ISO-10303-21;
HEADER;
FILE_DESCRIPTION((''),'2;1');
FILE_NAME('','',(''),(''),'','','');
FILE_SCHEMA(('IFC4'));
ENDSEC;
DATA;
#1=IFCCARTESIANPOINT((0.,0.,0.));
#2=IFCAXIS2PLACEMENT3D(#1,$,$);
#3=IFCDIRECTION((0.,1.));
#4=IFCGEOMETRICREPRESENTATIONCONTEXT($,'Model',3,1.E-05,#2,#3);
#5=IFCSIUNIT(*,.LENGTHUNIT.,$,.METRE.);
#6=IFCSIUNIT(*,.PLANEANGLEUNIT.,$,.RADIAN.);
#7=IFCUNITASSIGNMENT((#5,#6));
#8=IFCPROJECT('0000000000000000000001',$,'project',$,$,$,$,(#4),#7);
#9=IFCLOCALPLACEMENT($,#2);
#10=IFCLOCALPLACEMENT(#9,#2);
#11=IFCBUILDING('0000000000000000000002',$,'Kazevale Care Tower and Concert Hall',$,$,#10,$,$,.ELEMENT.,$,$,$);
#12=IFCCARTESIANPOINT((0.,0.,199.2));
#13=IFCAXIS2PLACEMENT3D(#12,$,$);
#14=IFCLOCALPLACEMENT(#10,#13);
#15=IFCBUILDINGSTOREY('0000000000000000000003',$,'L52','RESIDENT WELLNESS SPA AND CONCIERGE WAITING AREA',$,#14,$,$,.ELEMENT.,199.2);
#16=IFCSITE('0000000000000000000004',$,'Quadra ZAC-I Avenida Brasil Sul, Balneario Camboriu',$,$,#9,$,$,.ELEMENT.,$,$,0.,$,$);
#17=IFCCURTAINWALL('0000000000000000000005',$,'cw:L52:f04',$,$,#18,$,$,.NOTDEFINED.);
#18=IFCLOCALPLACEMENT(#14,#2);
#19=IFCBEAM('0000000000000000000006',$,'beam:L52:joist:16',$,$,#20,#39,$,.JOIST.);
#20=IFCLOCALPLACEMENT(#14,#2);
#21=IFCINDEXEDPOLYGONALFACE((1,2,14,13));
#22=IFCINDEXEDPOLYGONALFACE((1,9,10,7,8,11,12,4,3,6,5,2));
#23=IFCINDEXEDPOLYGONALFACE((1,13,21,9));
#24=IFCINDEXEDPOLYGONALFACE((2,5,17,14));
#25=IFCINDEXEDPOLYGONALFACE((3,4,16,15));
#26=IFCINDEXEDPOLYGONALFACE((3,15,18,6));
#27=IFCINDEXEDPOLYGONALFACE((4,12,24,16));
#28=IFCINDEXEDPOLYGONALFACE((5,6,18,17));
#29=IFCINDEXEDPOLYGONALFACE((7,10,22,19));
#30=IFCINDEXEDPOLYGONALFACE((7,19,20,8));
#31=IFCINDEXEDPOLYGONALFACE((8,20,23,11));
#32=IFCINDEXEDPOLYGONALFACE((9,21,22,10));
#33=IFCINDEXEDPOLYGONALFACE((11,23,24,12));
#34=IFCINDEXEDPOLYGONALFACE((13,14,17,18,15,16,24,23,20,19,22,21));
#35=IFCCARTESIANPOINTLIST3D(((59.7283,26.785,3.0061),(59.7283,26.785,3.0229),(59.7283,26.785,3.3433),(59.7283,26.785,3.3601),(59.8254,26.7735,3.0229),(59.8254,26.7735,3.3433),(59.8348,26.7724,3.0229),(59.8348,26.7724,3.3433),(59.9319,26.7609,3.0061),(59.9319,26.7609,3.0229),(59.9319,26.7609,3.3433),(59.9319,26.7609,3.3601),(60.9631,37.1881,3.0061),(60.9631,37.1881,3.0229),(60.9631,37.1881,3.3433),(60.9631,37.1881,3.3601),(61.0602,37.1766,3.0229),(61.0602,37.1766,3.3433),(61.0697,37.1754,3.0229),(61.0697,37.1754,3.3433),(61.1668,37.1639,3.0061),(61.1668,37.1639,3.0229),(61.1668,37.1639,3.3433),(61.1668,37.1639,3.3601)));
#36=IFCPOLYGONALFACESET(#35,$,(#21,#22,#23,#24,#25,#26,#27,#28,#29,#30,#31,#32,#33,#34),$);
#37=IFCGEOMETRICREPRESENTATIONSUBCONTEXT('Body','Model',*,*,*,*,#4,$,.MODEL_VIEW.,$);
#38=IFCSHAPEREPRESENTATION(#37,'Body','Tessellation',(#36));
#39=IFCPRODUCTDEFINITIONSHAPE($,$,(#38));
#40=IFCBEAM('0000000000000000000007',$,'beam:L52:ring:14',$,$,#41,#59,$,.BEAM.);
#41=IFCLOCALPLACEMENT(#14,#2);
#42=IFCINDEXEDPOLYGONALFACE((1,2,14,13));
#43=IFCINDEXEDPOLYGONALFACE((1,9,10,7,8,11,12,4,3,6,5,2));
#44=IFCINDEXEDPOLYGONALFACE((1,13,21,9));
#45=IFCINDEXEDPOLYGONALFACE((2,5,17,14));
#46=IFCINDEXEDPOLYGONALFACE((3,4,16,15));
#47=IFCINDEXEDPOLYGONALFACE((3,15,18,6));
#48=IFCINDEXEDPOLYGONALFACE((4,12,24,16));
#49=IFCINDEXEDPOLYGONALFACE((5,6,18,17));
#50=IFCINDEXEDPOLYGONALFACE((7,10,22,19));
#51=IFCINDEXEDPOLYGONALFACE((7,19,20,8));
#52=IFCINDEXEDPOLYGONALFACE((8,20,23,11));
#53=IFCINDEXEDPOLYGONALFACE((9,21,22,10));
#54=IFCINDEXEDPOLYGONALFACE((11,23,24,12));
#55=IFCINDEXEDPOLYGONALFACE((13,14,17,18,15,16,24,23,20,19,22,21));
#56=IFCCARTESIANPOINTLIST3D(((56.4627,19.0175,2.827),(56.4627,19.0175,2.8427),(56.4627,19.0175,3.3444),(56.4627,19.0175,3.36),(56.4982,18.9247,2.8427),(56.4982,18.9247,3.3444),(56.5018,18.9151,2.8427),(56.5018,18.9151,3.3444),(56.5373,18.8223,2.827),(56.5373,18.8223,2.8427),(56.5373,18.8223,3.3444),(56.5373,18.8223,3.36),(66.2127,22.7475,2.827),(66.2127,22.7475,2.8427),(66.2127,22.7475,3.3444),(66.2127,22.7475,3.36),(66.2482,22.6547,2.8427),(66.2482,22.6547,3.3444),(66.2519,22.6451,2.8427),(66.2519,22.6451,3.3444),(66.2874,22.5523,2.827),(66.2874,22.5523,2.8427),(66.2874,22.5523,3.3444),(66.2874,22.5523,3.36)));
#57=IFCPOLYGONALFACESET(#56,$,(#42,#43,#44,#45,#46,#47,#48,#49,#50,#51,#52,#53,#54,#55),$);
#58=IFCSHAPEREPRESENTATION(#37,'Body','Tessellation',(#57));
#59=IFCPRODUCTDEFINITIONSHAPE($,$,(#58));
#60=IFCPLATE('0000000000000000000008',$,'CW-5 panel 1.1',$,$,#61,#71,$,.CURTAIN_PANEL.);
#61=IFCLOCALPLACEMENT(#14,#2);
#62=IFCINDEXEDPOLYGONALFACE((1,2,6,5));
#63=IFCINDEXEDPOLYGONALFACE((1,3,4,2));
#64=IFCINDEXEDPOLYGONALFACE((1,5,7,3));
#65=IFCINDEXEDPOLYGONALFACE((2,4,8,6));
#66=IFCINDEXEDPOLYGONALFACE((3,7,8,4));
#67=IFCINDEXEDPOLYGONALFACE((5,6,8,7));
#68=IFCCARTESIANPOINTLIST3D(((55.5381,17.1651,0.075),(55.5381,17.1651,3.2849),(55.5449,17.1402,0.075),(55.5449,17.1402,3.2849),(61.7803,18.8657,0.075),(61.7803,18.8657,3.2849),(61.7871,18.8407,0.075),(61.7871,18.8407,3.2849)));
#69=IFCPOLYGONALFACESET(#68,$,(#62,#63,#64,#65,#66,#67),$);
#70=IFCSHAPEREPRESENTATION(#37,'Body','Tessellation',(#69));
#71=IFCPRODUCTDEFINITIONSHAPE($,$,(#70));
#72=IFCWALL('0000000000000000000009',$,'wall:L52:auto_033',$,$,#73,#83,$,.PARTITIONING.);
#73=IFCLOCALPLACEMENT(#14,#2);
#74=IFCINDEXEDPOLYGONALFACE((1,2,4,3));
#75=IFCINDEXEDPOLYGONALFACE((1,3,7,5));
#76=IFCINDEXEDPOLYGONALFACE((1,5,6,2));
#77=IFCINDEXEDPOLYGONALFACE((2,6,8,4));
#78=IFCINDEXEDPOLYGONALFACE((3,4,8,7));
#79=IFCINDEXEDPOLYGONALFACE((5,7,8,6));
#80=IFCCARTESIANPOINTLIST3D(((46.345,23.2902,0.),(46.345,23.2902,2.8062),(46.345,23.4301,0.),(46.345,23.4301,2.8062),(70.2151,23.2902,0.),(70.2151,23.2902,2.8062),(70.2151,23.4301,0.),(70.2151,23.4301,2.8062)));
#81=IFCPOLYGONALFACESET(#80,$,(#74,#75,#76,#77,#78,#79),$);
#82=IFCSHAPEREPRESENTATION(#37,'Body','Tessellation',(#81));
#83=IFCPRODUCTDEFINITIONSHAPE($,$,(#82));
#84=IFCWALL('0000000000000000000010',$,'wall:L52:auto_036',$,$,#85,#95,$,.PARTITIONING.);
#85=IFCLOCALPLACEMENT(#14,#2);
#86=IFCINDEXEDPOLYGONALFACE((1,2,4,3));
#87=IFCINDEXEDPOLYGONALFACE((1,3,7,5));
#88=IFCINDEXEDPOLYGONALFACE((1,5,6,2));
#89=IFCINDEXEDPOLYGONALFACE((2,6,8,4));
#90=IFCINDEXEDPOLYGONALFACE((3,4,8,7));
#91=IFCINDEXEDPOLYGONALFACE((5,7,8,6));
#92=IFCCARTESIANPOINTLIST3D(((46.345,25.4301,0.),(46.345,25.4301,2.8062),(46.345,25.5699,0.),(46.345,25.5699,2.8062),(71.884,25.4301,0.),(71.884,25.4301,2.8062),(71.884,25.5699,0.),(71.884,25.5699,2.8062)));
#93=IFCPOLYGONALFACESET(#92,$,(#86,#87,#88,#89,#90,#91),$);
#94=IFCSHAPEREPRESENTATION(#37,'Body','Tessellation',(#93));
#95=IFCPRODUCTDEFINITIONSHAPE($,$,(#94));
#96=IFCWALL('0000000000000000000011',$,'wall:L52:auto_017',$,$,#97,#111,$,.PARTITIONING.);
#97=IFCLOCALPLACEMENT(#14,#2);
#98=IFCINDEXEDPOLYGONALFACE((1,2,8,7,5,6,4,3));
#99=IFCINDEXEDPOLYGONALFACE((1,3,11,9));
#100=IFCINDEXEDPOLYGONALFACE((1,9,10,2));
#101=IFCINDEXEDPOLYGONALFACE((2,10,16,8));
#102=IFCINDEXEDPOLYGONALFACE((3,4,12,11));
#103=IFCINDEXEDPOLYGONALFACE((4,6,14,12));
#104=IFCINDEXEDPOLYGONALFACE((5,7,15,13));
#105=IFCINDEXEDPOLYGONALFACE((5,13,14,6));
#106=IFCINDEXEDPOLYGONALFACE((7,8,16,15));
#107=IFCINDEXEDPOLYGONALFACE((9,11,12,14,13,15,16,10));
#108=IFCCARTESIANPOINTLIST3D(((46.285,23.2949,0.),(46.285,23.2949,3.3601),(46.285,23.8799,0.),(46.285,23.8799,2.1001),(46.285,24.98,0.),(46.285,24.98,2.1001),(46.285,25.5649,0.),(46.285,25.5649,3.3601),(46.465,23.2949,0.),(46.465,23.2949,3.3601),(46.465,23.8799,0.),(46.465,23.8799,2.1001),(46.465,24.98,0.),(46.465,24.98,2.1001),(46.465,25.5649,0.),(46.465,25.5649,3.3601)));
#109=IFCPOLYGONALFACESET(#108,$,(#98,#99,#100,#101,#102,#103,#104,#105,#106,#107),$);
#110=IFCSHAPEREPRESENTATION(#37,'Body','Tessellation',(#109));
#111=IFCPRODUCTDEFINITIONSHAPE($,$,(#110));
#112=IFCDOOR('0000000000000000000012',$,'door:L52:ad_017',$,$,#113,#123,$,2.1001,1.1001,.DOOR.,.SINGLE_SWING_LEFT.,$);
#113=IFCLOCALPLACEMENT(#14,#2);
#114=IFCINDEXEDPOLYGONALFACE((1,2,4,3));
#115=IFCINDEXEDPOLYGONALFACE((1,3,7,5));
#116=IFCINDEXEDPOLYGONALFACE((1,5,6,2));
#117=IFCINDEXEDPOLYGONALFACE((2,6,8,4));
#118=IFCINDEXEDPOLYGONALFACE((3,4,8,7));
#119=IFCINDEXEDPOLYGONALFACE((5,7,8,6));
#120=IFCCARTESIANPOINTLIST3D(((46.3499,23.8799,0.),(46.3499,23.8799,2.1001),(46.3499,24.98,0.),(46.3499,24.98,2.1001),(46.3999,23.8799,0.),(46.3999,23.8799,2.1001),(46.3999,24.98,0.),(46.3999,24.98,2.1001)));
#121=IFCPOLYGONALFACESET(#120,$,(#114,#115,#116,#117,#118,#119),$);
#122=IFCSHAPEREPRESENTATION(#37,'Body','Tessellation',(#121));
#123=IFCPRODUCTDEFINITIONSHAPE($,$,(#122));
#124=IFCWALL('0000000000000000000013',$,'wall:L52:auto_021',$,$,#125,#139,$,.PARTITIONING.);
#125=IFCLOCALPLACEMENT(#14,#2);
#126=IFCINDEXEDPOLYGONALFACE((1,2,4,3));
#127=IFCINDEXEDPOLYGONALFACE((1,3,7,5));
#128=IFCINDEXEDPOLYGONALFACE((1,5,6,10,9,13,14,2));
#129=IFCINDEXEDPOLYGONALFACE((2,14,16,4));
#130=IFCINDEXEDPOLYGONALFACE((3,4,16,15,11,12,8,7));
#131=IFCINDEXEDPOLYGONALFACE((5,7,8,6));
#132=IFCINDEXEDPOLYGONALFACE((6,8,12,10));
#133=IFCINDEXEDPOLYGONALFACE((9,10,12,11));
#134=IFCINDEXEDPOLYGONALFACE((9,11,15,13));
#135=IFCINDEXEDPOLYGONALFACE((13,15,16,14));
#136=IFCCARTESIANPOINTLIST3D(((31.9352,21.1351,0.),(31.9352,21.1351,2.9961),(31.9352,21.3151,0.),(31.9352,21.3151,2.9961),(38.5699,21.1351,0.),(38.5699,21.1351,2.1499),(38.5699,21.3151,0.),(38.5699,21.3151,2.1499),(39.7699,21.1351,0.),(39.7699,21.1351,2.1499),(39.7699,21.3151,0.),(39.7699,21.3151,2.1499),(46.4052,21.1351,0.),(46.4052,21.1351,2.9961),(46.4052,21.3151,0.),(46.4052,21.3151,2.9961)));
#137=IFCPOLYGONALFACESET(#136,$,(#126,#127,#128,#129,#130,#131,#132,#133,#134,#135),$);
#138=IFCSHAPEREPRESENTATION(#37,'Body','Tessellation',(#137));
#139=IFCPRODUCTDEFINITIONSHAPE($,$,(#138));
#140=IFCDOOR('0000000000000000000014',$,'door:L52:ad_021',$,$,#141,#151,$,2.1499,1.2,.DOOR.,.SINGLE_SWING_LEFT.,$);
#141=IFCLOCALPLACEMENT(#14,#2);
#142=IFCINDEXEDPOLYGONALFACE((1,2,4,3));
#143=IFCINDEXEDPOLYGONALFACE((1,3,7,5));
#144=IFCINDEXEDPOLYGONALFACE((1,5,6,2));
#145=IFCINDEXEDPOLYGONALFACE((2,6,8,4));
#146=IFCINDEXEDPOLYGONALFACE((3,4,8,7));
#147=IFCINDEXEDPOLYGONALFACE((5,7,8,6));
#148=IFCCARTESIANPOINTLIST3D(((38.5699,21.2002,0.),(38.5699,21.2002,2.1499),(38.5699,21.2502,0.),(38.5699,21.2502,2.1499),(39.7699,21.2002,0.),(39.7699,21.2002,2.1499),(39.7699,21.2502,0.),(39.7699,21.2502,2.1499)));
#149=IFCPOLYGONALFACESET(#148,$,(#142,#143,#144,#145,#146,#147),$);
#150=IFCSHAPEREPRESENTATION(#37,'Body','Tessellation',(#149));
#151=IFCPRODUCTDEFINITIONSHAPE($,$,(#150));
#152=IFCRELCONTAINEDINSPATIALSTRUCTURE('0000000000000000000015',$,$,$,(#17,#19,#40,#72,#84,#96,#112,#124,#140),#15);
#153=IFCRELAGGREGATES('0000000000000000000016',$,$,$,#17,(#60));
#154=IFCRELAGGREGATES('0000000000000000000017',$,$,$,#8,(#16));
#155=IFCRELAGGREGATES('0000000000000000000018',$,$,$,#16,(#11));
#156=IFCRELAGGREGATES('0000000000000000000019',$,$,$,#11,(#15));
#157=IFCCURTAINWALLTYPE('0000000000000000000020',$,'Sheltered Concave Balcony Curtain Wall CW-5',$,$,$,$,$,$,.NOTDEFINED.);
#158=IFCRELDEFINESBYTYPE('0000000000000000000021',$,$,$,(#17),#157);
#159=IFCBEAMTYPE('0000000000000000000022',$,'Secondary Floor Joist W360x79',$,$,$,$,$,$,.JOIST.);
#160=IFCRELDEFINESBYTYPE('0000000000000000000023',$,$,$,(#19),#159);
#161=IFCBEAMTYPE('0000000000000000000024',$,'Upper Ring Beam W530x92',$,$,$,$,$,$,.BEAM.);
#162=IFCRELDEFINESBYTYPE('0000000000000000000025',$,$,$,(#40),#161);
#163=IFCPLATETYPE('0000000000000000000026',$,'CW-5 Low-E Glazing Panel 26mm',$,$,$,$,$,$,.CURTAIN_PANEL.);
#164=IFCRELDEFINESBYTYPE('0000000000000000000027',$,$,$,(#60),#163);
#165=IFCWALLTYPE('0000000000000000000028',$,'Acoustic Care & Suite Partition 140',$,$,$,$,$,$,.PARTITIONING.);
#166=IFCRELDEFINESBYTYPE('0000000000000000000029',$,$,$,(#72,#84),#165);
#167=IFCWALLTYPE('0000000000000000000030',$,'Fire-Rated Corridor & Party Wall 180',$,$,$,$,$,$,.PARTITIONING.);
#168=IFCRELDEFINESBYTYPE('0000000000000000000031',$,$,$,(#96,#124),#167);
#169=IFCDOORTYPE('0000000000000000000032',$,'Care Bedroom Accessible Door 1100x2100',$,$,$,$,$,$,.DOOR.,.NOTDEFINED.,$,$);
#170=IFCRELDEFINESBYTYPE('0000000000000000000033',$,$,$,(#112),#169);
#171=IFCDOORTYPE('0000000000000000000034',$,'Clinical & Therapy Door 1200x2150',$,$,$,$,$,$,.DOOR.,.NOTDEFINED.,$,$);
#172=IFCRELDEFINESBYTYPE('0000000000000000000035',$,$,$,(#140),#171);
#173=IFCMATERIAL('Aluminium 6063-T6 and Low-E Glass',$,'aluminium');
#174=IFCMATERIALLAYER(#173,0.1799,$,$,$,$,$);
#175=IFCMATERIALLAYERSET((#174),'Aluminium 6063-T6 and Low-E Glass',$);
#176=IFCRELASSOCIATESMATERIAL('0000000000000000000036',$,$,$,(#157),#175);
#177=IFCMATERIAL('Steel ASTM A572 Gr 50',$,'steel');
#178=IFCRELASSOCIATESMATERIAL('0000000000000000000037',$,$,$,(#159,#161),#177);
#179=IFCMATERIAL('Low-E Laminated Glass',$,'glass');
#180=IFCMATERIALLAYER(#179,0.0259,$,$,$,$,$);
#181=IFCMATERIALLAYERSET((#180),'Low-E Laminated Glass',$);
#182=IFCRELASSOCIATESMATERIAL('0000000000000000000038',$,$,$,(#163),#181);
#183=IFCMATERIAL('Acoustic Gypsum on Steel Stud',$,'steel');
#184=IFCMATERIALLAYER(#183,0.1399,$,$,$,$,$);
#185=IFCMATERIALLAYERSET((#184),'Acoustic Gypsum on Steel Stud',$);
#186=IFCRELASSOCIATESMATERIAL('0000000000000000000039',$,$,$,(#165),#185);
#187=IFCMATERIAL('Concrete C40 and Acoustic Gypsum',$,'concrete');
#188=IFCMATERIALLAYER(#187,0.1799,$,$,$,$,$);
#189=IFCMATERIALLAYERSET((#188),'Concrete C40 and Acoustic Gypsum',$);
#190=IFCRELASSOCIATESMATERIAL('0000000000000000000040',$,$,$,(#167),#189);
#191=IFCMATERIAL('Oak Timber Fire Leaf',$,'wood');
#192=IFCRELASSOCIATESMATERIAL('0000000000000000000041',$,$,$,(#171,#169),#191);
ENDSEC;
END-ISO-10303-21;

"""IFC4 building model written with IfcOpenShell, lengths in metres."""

from ifc_helpers import new_model, si_unit, direction, frame, frame_2d, origin, origin_2d, place, context, subcontext, project, spatial, rectangle, i_section, extrude, material, layer, layer_set, material_profile, profile_set, type_object, element, fill, aggregate, save


model = new_model("IFC4")

# Units and contexts
model_context = context("Model", 3, precision=1e-05, world=origin(), true_north=direction((0.0, 1.0)))
body_context = subcontext(model_context, "Body", "Model", "MODEL_VIEW")
ifc_project = project(units=[si_unit("LENGTHUNIT", "METRE"), si_unit("PLANEANGLEUNIT", "RADIAN")], contexts=[model_context])

# Site, building, storey
site_placement = place(None, origin())
site = spatial("IfcSite", under=ifc_project, at=site_placement, Name="Quadra ZAC-I Avenida Brasil Sul, Balneario Camboriu", CompositionType="ELEMENT", RefElevation=0.0)
building_placement = place(site_placement, origin())
building = spatial("IfcBuilding", under=site, at=building_placement, Name="Kazevale Care Tower and Concert Hall", CompositionType="ELEMENT")
storey_placement = place(building_placement, frame((0.0, 0.0, 199.2)))
storey = spatial("IfcBuildingStorey", under=building, at=storey_placement, Name="L52", Description="RESIDENT WELLNESS SPA AND CONCIERGE WAITING AREA", CompositionType="ELEMENT", Elevation=199.2)

# Curtain wall
ifc_material_1 = material(Name="Aluminium 6063-T6 and Low-E Glass", Category="aluminium")
ifc_layer_1 = layer(ifc_material_1, 0.1799)
ifc_layer_set_1 = layer_set([ifc_layer_1], Name="Aluminium 6063-T6 and Low-E Glass")
curtain_wall_type = type_object("IfcCurtainWallType", Name="Sheltered Concave Balcony Curtain Wall CW-5", PredefinedType="NOTDEFINED", material=ifc_layer_set_1)
curtain_wall_1_placement = place(storey_placement, origin())
curtain_wall_1 = element("IfcCurtainWall", 1, at=curtain_wall_1_placement, inside=storey, type_object=curtain_wall_type, Name="cw:L52:f04", PredefinedType="NOTDEFINED")

# Beams
ifc_material_2 = material(Name="Steel ASTM A572 Gr 50", Category="steel")
ifc_material_profile_1 = material_profile(ifc_material_2, i_section(OverallWidth=0.2051, OverallDepth=0.354, WebThickness=0.0095, FlangeThickness=0.0168, at=origin_2d()), Name="W360x79")
ifc_profile_set_1 = profile_set([ifc_material_profile_1], Name="Steel ASTM A572 Gr 50")
beam_type_1 = type_object("IfcBeamType", Name="Secondary Floor Joist W360x79", PredefinedType="JOIST", material=ifc_profile_set_1)
beam_1_placement = place(storey_placement, frame((59.8301, 26.7729, 3.1831), z_axis=(0.117874, 0.993029, 0.0), x_axis=(-0.993029, 0.117874, 0.0)))
element("IfcBeam", 2, at=beam_1_placement, inside=storey, type_object=beam_type_1, Name="beam:L52:joist:16", PredefinedType="JOIST", context=body_context, shape_type="SweptSolid", body=[
    extrude(i_section(OverallWidth=0.2051, OverallDepth=0.354, WebThickness=0.0095, FlangeThickness=0.0168, at=origin_2d()), origin(), (0.0, 0.0, 1.0), 10.4761),
])
ifc_material_profile_2 = material_profile(ifc_material_2, i_section(OverallWidth=0.209, OverallDepth=0.533, WebThickness=0.0103, FlangeThickness=0.0156, at=origin_2d()), Name="W530x92")
ifc_profile_set_2 = profile_set([ifc_material_profile_2], Name="Steel ASTM A572 Gr 50")
beam_type_2 = type_object("IfcBeamType", Name="Upper Ring Beam W530x92", PredefinedType="BEAM", material=ifc_profile_set_2)
beam_2_placement = place(storey_placement, frame((56.5, 18.9199, 3.0935), z_axis=(0.933987, 0.357308, 0.0), x_axis=(-0.357308, 0.933987, 0.0)))
element("IfcBeam", 3, at=beam_2_placement, inside=storey, type_object=beam_type_2, Name="beam:L52:ring:14", PredefinedType="BEAM", context=body_context, shape_type="SweptSolid", body=[
    extrude(i_section(OverallWidth=0.209, OverallDepth=0.533, WebThickness=0.0103, FlangeThickness=0.0156, at=origin_2d()), origin(), (0.0, 0.0, 1.0), 10.4392),
])

# Plate
ifc_material_3 = material(Name="Low-E Laminated Glass", Category="glass")
ifc_layer_2 = layer(ifc_material_3, 0.0259)
ifc_layer_set_2 = layer_set([ifc_layer_2], Name="Low-E Laminated Glass")
plate_type = type_object("IfcPlateType", Name="CW-5 Low-E Glazing Panel 26mm", PredefinedType="CURTAIN_PANEL", material=ifc_layer_set_2)
plate_placement = place(storey_placement, frame((58.6626, 18.0029, 0.075), z_axis=(0.0, 0.0, 1.0), x_axis=(-0.964837, -0.262849, 0.0)))
plate = element("IfcPlate", 4, at=plate_placement, type_object=plate_type, Name="CW-5 panel 1.1", PredefinedType="CURTAIN_PANEL", context=body_context, shape_type="SweptSolid", body=[
    extrude(rectangle(XDim=6.4697, YDim=0.0259, at=origin_2d()), origin(), (0.0, 0.0, 1.0), 3.21),
])
aggregate(curtain_wall_1, [plate])

# Walls
ifc_material_4 = material(Name="Acoustic Gypsum on Steel Stud", Category="steel")
ifc_layer_3 = layer(ifc_material_4, 0.1399)
ifc_layer_set_3 = layer_set([ifc_layer_3], Name="Acoustic Gypsum on Steel Stud")
wall_type_1 = type_object("IfcWallType", Name="Acoustic Care & Suite Partition 140", PredefinedType="PARTITIONING", material=ifc_layer_set_3)
wall_1_placement = place(storey_placement, frame((46.345, 23.3601, 0.0), z_axis=(0.0, 0.0, 1.0), x_axis=(1.0, 0.0, 0.0)))
element("IfcWall", 5, at=wall_1_placement, inside=storey, type_object=wall_type_1, Name="wall:L52:auto_033", PredefinedType="PARTITIONING", context=body_context, shape_type="SweptSolid", body=[
    extrude(rectangle(XDim=23.8701, YDim=0.1399, at=frame_2d((11.9351, 0.0))), origin(), (0.0, 0.0, 1.0), 2.8062),
])
wall_2_placement = place(storey_placement, frame((46.345, 25.5, 0.0), z_axis=(0.0, 0.0, 1.0), x_axis=(1.0, 0.0, 0.0)))
element("IfcWall", 6, at=wall_2_placement, inside=storey, type_object=wall_type_1, Name="wall:L52:auto_036", PredefinedType="PARTITIONING", context=body_context, shape_type="SweptSolid", body=[
    extrude(rectangle(XDim=25.5391, YDim=0.1399, at=frame_2d((12.7695, 0.0))), origin(), (0.0, 0.0, 1.0), 2.8062),
])

# Walls, openings, doors
ifc_material_5 = material(Name="Concrete C40 and Acoustic Gypsum", Category="concrete")
ifc_layer_4 = layer(ifc_material_5, 0.1799)
ifc_layer_set_4 = layer_set([ifc_layer_4], Name="Concrete C40 and Acoustic Gypsum")
wall_type_2 = type_object("IfcWallType", Name="Fire-Rated Corridor & Party Wall 180", PredefinedType="PARTITIONING", material=ifc_layer_set_4)
ifc_material_6 = material(Name="Oak Timber Fire Leaf", Category="wood")
door_type_1 = type_object("IfcDoorType", Name="Clinical & Therapy Door 1200x2150", OperationType="NOTDEFINED", PredefinedType="DOOR", material=ifc_material_6)
wall_3_placement = place(storey_placement, frame((46.375, 25.5649, 0.0), z_axis=(0.0, 0.0, 1.0), x_axis=(0.0, -1.0, 0.0)))
wall_3 = element("IfcWall", 7, at=wall_3_placement, inside=storey, type_object=wall_type_2, Name="wall:L52:auto_017", PredefinedType="PARTITIONING", context=body_context, shape_type="SweptSolid", body=[
    extrude(rectangle(XDim=2.27, YDim=0.1799, at=frame_2d((1.135, 0.0))), origin(), (0.0, 0.0, 1.0), 3.3601),
])
opening_1_placement = place(wall_3_placement, frame((0.585, 0.0, 0.0)))
opening_1 = element("IfcOpeningElement", 8, at=opening_1_placement, cuts=wall_3, PredefinedType="OPENING", context=body_context, shape_type="SweptSolid", body=[
    extrude(rectangle(XDim=1.1001, YDim=2.1001, at=frame_2d((0.55, 1.05))), frame((0.0, 0.0999, 0.0), z_axis=(0.0, -1.0, 0.0), x_axis=(1.0, 0.0, 0.0)), (0.0, 0.0, 1.0), 0.2),
])
door_type_2 = type_object("IfcDoorType", Name="Care Bedroom Accessible Door 1100x2100", OperationType="NOTDEFINED", PredefinedType="DOOR", material=ifc_material_6)
door_1_placement = place(opening_1_placement, origin())
door_1 = element("IfcDoor", 9, at=door_1_placement, inside=storey, type_object=door_type_2, Name="door:L52:ad_017", OperationType="SINGLE_SWING_LEFT", OverallHeight=2.1001, OverallWidth=1.1001, PredefinedType="DOOR", context=body_context, shape_type="SweptSolid", body=[
    extrude(rectangle(XDim=1.1001, YDim=2.1001, at=frame_2d((0.55, 1.05))), frame((0.0, 0.0249, 0.0), z_axis=(0.0, -1.0, 0.0), x_axis=(1.0, 0.0, 0.0)), (0.0, 0.0, 1.0), 0.05),
])
fill(opening_1, door_1)
wall_4_placement = place(storey_placement, frame((46.405, 21.2251, 0.0), z_axis=(0.0, 0.0, 1.0), x_axis=(-1.0, 0.0, 0.0)))
wall_4 = element("IfcWall", 10, at=wall_4_placement, inside=storey, type_object=wall_type_2, Name="wall:L52:auto_021", PredefinedType="PARTITIONING", context=body_context, shape_type="SweptSolid", body=[
    extrude(rectangle(XDim=14.47, YDim=0.1799, at=frame_2d((7.2349, 0.0))), origin(), (0.0, 0.0, 1.0), 2.9961),
])
opening_2_placement = place(wall_4_placement, frame((6.635, 0.0, 0.0)))
opening_2 = element("IfcOpeningElement", 11, at=opening_2_placement, cuts=wall_4, PredefinedType="OPENING", context=body_context, shape_type="SweptSolid", body=[
    extrude(rectangle(XDim=1.2, YDim=2.1499, at=frame_2d((0.6001, 1.075))), frame((0.0, 0.0999, 0.0), z_axis=(0.0, -1.0, 0.0), x_axis=(1.0, 0.0, 0.0)), (0.0, 0.0, 1.0), 0.2),
])
door_2_placement = place(opening_2_placement, origin())
door_2 = element("IfcDoor", 12, at=door_2_placement, inside=storey, type_object=door_type_1, Name="door:L52:ad_021", OperationType="SINGLE_SWING_LEFT", OverallHeight=2.1499, OverallWidth=1.2, PredefinedType="DOOR", context=body_context, shape_type="SweptSolid", body=[
    extrude(rectangle(XDim=1.2, YDim=2.1499, at=frame_2d((0.6001, 1.075))), frame((0.0, 0.0249, 0.0), z_axis=(0.0, -1.0, 0.0), x_axis=(1.0, 0.0, 0.0)), (0.0, 0.0, 1.0), 0.05),
])
fill(opening_2, door_2)

save(model, "model.ifc")
